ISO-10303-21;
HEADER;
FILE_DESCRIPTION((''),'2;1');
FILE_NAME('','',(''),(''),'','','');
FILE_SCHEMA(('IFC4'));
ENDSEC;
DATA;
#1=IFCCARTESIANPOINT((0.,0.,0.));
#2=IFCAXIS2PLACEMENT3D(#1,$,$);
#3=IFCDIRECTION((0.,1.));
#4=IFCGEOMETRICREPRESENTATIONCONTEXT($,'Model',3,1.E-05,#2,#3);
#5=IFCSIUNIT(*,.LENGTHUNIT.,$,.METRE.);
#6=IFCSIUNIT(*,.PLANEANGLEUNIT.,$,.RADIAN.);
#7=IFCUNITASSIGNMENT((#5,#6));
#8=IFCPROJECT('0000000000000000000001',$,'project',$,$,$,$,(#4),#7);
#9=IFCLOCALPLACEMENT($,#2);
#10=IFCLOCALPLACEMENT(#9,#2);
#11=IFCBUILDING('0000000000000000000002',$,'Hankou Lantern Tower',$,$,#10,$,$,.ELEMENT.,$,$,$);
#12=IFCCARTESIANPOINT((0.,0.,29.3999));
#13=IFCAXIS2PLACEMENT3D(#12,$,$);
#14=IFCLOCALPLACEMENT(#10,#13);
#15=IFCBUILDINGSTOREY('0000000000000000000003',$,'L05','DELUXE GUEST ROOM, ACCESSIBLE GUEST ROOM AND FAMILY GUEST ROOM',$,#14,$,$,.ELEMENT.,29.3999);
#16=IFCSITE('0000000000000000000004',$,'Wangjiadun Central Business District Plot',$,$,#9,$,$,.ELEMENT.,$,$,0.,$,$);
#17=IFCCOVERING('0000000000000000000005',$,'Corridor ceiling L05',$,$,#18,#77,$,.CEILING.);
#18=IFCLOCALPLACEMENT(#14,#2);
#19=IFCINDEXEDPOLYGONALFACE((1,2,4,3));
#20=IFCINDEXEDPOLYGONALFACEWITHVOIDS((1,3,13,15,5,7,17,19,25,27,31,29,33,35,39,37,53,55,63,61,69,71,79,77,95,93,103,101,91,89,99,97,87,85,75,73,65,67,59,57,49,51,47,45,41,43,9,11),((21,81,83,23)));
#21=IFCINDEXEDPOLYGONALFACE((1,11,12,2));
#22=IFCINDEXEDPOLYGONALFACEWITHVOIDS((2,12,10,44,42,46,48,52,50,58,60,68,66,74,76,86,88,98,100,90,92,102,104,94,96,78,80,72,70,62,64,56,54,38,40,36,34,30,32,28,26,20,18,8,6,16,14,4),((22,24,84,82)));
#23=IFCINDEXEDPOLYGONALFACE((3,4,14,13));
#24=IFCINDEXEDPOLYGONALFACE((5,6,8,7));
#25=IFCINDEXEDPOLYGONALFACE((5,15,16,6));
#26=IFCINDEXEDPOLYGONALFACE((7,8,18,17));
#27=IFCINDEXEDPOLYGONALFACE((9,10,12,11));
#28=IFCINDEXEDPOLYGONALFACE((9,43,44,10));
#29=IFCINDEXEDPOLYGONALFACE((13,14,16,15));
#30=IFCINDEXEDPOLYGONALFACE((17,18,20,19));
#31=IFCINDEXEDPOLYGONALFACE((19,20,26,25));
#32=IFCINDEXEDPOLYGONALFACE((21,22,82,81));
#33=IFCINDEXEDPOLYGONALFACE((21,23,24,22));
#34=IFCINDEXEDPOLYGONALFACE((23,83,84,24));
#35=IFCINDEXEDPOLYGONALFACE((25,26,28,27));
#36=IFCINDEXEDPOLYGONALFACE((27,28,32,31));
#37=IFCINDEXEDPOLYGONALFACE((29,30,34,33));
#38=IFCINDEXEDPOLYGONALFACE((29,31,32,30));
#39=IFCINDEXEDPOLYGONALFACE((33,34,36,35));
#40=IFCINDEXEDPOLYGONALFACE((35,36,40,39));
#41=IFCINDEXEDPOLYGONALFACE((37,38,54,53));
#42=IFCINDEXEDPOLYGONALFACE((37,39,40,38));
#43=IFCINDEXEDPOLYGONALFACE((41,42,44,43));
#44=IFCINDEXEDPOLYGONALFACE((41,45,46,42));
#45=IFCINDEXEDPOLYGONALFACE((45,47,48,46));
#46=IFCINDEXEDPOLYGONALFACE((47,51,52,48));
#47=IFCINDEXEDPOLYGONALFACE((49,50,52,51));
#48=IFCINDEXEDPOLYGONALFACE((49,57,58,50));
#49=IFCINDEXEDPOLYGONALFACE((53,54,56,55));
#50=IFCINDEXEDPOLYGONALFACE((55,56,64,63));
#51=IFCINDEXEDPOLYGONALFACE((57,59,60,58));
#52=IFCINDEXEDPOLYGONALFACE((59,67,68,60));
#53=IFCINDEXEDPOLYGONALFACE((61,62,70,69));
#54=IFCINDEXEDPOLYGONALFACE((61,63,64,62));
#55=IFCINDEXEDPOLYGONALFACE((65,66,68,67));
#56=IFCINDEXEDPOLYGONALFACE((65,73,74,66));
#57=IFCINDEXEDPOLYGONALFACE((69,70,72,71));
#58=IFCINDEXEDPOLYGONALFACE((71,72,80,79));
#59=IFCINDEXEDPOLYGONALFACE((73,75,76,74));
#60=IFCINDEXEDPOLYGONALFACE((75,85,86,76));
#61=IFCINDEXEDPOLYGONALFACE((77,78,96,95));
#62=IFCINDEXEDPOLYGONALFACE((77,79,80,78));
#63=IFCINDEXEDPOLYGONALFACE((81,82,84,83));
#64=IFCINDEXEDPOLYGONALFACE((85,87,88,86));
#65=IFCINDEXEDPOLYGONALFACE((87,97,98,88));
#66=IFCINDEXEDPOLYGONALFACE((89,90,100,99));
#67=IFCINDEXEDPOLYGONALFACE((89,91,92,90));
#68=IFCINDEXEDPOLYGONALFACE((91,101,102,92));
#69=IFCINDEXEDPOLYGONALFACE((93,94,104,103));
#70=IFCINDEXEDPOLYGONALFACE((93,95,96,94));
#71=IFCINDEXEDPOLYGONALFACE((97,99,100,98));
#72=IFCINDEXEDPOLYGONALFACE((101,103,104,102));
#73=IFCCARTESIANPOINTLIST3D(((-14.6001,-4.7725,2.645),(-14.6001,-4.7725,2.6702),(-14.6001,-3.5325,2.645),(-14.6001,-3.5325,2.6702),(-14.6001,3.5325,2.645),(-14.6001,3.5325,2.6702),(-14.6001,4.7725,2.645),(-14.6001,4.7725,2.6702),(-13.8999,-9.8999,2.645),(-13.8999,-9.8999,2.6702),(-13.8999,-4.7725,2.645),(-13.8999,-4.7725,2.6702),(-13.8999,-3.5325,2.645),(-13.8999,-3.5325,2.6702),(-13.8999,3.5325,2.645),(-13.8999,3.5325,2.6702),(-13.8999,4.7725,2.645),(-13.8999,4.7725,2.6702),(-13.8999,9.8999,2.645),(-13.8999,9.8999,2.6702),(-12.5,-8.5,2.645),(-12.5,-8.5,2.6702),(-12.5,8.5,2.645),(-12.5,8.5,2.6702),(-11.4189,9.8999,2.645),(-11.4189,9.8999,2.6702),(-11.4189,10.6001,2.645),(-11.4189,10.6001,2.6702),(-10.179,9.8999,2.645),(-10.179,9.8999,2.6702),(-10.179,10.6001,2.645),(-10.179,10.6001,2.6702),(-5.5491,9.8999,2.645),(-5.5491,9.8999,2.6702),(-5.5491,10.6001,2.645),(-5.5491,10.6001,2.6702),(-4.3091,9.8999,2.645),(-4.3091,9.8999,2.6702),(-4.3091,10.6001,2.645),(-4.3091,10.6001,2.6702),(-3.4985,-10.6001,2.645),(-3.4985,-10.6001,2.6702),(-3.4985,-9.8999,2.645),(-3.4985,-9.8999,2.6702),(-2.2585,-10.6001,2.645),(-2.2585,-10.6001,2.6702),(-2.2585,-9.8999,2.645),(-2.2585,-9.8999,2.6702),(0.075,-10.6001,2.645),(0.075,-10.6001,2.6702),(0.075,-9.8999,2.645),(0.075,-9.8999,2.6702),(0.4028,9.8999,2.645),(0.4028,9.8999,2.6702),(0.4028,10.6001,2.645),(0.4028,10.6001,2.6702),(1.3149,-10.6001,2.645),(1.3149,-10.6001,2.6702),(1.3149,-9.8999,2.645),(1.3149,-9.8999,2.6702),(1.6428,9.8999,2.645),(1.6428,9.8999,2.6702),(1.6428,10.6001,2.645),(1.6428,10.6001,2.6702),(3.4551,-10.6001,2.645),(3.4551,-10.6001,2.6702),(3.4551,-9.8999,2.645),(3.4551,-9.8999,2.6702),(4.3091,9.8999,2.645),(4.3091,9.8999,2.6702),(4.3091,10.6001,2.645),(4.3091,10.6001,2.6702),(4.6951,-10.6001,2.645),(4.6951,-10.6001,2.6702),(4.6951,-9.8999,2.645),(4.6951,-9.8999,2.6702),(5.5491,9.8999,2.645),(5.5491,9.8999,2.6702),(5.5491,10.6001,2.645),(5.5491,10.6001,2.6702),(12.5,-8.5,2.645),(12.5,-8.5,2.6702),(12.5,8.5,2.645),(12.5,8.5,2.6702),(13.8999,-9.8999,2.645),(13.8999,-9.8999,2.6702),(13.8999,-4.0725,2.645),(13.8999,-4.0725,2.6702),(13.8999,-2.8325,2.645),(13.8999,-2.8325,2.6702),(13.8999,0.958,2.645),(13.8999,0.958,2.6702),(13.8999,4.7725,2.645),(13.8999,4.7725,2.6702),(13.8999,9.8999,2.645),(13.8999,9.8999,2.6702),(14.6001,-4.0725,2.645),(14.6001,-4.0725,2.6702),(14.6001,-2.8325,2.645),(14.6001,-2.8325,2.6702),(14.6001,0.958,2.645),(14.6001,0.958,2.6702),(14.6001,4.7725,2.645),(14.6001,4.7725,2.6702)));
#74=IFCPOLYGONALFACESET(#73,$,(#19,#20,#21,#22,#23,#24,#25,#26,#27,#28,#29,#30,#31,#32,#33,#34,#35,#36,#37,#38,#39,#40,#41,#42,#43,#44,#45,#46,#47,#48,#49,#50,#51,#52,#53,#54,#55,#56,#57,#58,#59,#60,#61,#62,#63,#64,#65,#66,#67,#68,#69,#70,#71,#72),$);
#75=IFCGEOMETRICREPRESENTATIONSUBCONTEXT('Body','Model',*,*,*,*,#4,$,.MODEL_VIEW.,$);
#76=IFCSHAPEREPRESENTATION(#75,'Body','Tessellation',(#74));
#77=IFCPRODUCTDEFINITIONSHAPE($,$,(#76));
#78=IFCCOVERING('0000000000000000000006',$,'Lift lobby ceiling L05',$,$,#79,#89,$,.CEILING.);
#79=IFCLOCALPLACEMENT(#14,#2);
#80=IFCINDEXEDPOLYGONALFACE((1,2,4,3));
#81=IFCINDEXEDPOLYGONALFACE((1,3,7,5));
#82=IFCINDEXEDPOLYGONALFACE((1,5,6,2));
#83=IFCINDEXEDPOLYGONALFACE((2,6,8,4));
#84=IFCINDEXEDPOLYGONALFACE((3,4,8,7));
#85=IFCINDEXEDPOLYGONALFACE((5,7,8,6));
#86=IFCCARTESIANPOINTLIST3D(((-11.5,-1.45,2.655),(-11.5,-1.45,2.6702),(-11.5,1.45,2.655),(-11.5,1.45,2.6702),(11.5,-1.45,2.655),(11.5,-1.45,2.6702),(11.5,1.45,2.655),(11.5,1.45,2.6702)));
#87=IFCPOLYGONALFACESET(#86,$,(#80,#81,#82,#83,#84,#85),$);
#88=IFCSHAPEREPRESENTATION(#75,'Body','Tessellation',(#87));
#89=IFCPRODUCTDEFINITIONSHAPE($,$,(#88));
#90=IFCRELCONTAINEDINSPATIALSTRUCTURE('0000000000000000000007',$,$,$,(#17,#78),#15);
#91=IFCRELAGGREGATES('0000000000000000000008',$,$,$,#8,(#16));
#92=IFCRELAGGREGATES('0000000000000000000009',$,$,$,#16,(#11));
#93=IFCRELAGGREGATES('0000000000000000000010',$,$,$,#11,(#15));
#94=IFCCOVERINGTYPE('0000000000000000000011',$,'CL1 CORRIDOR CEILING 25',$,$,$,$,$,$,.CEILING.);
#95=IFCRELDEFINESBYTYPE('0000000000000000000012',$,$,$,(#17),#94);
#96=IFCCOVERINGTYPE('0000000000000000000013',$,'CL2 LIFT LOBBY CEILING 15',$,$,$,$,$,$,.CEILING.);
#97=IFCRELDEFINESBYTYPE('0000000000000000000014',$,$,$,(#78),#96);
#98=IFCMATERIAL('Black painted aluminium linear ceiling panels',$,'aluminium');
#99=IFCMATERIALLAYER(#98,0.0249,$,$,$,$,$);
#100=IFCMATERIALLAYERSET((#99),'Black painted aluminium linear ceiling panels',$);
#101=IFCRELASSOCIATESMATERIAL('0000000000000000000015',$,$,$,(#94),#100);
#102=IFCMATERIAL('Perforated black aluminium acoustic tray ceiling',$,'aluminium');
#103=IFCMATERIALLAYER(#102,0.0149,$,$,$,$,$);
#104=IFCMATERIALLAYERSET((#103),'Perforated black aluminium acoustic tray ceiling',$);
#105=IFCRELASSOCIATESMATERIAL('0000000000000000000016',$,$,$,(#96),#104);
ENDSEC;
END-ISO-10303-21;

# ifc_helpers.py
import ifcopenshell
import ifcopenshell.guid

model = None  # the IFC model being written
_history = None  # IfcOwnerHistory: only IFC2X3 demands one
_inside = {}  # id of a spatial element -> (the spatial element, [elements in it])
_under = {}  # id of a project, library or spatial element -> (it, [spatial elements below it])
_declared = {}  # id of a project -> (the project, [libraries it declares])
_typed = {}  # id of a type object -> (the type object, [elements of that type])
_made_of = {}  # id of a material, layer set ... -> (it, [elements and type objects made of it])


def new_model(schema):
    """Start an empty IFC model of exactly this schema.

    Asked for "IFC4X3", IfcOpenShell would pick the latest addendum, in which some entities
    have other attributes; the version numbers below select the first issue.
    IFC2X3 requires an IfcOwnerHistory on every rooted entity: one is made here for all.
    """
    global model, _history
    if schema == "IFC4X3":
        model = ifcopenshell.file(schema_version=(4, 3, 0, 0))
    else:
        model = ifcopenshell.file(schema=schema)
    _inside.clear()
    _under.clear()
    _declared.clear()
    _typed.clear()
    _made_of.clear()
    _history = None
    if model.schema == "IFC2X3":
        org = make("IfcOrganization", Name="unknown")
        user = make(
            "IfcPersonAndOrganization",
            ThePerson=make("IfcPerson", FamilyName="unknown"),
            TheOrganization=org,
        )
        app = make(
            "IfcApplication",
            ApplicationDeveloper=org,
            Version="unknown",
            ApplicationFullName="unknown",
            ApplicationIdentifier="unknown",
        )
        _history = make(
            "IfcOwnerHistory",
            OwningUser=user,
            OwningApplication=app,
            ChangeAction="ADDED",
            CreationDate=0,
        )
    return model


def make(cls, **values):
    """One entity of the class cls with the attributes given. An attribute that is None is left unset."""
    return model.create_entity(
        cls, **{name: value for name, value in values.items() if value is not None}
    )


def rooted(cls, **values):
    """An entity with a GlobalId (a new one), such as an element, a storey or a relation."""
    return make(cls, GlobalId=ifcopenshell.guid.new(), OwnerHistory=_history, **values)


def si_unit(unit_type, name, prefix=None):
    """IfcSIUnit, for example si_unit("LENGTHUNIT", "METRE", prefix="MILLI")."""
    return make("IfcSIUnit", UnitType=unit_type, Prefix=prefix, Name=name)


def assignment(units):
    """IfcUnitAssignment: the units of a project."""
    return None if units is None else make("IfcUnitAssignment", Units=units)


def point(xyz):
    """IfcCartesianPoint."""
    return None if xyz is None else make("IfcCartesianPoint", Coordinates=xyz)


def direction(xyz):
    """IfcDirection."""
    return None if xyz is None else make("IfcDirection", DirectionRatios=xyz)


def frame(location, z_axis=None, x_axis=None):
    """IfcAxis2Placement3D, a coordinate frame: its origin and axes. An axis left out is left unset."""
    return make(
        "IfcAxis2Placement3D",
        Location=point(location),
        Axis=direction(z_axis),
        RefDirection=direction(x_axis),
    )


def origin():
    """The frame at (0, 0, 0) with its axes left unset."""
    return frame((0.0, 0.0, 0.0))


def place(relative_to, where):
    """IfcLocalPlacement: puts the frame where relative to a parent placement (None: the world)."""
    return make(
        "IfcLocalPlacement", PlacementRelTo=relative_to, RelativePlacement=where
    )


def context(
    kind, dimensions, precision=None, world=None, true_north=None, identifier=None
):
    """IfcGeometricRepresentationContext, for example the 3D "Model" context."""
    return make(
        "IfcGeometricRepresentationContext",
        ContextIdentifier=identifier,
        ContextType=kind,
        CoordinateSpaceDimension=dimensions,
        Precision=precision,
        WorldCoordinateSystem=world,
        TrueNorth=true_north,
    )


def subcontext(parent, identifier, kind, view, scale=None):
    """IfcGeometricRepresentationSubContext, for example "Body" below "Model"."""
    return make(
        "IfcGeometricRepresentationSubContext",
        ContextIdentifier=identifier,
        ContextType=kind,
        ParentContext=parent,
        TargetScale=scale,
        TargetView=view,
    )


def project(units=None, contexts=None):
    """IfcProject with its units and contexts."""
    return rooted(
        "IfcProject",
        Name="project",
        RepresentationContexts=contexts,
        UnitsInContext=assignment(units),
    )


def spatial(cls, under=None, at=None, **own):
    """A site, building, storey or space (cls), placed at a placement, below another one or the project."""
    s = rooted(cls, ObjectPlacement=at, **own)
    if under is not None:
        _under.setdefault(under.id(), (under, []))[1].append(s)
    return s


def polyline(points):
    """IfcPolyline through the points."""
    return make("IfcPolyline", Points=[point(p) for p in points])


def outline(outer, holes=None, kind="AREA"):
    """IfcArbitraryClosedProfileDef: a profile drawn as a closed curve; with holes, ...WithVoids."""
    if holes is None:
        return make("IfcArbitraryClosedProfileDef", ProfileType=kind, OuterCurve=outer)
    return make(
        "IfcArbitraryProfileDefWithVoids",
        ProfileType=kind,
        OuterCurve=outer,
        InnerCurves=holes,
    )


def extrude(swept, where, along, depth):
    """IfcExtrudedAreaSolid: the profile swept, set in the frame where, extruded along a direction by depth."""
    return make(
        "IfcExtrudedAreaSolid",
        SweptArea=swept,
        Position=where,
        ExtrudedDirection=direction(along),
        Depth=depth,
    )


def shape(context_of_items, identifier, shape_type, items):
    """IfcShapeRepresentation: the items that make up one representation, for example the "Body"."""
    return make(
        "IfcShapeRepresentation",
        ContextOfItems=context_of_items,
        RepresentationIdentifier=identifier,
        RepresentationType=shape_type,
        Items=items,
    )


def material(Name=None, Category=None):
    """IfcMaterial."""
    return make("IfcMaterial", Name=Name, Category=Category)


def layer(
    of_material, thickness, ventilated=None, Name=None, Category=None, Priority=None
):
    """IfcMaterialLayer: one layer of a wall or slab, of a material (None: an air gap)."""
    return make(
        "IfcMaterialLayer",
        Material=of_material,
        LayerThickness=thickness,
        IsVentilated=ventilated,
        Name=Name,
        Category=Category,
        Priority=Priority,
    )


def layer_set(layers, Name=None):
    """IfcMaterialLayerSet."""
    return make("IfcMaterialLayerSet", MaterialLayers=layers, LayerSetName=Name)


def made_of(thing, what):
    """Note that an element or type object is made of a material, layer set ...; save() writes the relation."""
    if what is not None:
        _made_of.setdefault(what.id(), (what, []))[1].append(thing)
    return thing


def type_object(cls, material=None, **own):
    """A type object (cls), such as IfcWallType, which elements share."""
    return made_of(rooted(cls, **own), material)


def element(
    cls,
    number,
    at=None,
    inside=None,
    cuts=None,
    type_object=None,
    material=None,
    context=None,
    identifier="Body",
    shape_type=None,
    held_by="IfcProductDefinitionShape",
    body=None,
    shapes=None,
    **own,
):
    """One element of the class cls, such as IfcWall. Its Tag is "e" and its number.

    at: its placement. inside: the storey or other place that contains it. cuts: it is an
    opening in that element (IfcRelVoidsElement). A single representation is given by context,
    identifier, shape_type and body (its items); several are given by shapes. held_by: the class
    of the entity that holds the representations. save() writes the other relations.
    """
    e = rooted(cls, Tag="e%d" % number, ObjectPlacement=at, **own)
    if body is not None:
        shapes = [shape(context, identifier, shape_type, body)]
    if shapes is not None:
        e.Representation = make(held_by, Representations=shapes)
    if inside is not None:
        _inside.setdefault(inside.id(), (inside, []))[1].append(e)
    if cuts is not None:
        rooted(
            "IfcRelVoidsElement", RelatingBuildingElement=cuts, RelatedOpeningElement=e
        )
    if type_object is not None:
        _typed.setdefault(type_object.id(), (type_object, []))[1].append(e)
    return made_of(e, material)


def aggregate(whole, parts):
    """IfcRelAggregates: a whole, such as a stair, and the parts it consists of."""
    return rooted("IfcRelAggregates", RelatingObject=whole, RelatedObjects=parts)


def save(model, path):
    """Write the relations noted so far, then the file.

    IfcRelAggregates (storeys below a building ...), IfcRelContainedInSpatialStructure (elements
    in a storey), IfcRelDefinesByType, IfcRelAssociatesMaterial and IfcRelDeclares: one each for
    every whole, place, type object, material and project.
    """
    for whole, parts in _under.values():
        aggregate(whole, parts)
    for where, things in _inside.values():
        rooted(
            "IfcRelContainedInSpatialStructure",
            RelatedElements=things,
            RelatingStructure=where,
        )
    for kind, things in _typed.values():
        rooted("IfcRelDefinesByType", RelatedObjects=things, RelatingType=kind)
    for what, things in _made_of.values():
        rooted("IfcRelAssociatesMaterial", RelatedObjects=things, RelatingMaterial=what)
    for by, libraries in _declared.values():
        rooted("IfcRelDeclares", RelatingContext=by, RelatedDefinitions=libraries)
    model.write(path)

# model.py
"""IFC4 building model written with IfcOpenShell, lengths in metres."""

from ifc_helpers import new_model, si_unit, direction, frame, origin, place, context, subcontext, project, spatial, polyline, outline, extrude, material, layer, layer_set, type_object, element, save


model = new_model("IFC4")

# Units and contexts
model_context = context("Model", 3, precision=1e-05, world=origin(), true_north=direction((0.0, 1.0)))
body_context = subcontext(model_context, "Body", "Model", "MODEL_VIEW")
ifc_project = project(units=[si_unit("LENGTHUNIT", "METRE"), si_unit("PLANEANGLEUNIT", "RADIAN")], contexts=[model_context])

# Site, building, storey
site_placement = place(None, origin())
site = spatial("IfcSite", under=ifc_project, at=site_placement, Name="Wangjiadun Central Business District Plot", CompositionType="ELEMENT", RefElevation=0.0)
building_placement = place(site_placement, origin())
building = spatial("IfcBuilding", under=site, at=building_placement, Name="Hankou Lantern Tower", CompositionType="ELEMENT")
storey_placement = place(building_placement, frame((0.0, 0.0, 29.3999)))
storey = spatial("IfcBuildingStorey", under=building, at=storey_placement, Name="L05", Description="DELUXE GUEST ROOM, ACCESSIBLE GUEST ROOM AND FAMILY GUEST ROOM", CompositionType="ELEMENT", Elevation=29.3999)

# Coverings
ifc_material_1 = material(Name="Black painted aluminium linear ceiling panels", Category="aluminium")
ifc_layer_1 = layer(ifc_material_1, 0.0249)
ifc_layer_set_1 = layer_set([ifc_layer_1], Name="Black painted aluminium linear ceiling panels")
covering_type_1 = type_object("IfcCoveringType", Name="CL1 CORRIDOR CEILING 25", PredefinedType="CEILING", material=ifc_layer_set_1)
covering_1_placement = place(storey_placement, frame((0.0, 0.0, 2.645)))
element("IfcCovering", 1, at=covering_1_placement, inside=storey, type_object=covering_type_1, Name="Corridor ceiling L05", PredefinedType="CEILING", context=body_context, shape_type="SweptSolid", body=[
    extrude(outline(polyline([(-3.4985, -10.6001), (-2.2585, -10.6001), (-2.2585, -9.8999), (0.075, -9.8999), (0.075, -10.6001), (1.3149, -10.6001), (1.3149, -9.8999), (3.4551, -9.8999), (3.4551, -10.6001), (4.6951, -10.6001), (4.6951, -9.8999), (13.8999, -9.8999), (13.8999, -4.0725), (14.6001, -4.0725), (14.6001, -2.8325), (13.8999, -2.8325), (13.8999, 0.958), (14.6001, 0.958), (14.6001, 4.7725), (13.8999, 4.7725), (13.8999, 9.8999), (5.5491, 9.8999), (5.5491, 10.6001), (4.3091, 10.6001), (4.3091, 9.8999), (1.6428, 9.8999), (1.6428, 10.6001), (0.4028, 10.6001), (0.4028, 9.8999), (-4.3091, 9.8999), (-4.3091, 10.6001), (-5.5491, 10.6001), (-5.5491, 9.8999), (-10.179, 9.8999), (-10.179, 10.6001), (-11.4189, 10.6001), (-11.4189, 9.8999), (-13.8999, 9.8999), (-13.8999, 4.7725), (-14.6001, 4.7725), (-14.6001, 3.5325), (-13.8999, 3.5325), (-13.8999, -3.5325), (-14.6001, -3.5325), (-14.6001, -4.7725), (-13.8999, -4.7725), (-13.8999, -9.8999), (-3.4985, -9.8999), (-3.4985, -10.6001)]), holes=[polyline([(-12.5, 8.5), (12.5, 8.5), (12.5, -8.5), (-12.5, -8.5), (-12.5, 8.5)])]), origin(), (0.0, 0.0, 1.0), 0.0251),
])
ifc_material_2 = material(Name="Perforated black aluminium acoustic tray ceiling", Category="aluminium")
ifc_layer_2 = layer(ifc_material_2, 0.0149)
ifc_layer_set_2 = layer_set([ifc_layer_2], Name="Perforated black aluminium acoustic tray ceiling")
covering_type_2 = type_object("IfcCoveringType", Name="CL2 LIFT LOBBY CEILING 15", PredefinedType="CEILING", material=ifc_layer_set_2)
covering_2_placement = place(storey_placement, frame((0.0, 0.0, 2.655)))
element("IfcCovering", 2, at=covering_2_placement, inside=storey, type_object=covering_type_2, Name="Lift lobby ceiling L05", PredefinedType="CEILING", context=body_context, shape_type="SweptSolid", body=[
    extrude(outline(polyline([(-11.5, -1.45), (11.5, -1.45), (11.5, 1.45), (-11.5, 1.45), (-11.5, -1.45)])), origin(), (0.0, 0.0, 1.0), 0.0151),
])

save(model, "model.ifc")
